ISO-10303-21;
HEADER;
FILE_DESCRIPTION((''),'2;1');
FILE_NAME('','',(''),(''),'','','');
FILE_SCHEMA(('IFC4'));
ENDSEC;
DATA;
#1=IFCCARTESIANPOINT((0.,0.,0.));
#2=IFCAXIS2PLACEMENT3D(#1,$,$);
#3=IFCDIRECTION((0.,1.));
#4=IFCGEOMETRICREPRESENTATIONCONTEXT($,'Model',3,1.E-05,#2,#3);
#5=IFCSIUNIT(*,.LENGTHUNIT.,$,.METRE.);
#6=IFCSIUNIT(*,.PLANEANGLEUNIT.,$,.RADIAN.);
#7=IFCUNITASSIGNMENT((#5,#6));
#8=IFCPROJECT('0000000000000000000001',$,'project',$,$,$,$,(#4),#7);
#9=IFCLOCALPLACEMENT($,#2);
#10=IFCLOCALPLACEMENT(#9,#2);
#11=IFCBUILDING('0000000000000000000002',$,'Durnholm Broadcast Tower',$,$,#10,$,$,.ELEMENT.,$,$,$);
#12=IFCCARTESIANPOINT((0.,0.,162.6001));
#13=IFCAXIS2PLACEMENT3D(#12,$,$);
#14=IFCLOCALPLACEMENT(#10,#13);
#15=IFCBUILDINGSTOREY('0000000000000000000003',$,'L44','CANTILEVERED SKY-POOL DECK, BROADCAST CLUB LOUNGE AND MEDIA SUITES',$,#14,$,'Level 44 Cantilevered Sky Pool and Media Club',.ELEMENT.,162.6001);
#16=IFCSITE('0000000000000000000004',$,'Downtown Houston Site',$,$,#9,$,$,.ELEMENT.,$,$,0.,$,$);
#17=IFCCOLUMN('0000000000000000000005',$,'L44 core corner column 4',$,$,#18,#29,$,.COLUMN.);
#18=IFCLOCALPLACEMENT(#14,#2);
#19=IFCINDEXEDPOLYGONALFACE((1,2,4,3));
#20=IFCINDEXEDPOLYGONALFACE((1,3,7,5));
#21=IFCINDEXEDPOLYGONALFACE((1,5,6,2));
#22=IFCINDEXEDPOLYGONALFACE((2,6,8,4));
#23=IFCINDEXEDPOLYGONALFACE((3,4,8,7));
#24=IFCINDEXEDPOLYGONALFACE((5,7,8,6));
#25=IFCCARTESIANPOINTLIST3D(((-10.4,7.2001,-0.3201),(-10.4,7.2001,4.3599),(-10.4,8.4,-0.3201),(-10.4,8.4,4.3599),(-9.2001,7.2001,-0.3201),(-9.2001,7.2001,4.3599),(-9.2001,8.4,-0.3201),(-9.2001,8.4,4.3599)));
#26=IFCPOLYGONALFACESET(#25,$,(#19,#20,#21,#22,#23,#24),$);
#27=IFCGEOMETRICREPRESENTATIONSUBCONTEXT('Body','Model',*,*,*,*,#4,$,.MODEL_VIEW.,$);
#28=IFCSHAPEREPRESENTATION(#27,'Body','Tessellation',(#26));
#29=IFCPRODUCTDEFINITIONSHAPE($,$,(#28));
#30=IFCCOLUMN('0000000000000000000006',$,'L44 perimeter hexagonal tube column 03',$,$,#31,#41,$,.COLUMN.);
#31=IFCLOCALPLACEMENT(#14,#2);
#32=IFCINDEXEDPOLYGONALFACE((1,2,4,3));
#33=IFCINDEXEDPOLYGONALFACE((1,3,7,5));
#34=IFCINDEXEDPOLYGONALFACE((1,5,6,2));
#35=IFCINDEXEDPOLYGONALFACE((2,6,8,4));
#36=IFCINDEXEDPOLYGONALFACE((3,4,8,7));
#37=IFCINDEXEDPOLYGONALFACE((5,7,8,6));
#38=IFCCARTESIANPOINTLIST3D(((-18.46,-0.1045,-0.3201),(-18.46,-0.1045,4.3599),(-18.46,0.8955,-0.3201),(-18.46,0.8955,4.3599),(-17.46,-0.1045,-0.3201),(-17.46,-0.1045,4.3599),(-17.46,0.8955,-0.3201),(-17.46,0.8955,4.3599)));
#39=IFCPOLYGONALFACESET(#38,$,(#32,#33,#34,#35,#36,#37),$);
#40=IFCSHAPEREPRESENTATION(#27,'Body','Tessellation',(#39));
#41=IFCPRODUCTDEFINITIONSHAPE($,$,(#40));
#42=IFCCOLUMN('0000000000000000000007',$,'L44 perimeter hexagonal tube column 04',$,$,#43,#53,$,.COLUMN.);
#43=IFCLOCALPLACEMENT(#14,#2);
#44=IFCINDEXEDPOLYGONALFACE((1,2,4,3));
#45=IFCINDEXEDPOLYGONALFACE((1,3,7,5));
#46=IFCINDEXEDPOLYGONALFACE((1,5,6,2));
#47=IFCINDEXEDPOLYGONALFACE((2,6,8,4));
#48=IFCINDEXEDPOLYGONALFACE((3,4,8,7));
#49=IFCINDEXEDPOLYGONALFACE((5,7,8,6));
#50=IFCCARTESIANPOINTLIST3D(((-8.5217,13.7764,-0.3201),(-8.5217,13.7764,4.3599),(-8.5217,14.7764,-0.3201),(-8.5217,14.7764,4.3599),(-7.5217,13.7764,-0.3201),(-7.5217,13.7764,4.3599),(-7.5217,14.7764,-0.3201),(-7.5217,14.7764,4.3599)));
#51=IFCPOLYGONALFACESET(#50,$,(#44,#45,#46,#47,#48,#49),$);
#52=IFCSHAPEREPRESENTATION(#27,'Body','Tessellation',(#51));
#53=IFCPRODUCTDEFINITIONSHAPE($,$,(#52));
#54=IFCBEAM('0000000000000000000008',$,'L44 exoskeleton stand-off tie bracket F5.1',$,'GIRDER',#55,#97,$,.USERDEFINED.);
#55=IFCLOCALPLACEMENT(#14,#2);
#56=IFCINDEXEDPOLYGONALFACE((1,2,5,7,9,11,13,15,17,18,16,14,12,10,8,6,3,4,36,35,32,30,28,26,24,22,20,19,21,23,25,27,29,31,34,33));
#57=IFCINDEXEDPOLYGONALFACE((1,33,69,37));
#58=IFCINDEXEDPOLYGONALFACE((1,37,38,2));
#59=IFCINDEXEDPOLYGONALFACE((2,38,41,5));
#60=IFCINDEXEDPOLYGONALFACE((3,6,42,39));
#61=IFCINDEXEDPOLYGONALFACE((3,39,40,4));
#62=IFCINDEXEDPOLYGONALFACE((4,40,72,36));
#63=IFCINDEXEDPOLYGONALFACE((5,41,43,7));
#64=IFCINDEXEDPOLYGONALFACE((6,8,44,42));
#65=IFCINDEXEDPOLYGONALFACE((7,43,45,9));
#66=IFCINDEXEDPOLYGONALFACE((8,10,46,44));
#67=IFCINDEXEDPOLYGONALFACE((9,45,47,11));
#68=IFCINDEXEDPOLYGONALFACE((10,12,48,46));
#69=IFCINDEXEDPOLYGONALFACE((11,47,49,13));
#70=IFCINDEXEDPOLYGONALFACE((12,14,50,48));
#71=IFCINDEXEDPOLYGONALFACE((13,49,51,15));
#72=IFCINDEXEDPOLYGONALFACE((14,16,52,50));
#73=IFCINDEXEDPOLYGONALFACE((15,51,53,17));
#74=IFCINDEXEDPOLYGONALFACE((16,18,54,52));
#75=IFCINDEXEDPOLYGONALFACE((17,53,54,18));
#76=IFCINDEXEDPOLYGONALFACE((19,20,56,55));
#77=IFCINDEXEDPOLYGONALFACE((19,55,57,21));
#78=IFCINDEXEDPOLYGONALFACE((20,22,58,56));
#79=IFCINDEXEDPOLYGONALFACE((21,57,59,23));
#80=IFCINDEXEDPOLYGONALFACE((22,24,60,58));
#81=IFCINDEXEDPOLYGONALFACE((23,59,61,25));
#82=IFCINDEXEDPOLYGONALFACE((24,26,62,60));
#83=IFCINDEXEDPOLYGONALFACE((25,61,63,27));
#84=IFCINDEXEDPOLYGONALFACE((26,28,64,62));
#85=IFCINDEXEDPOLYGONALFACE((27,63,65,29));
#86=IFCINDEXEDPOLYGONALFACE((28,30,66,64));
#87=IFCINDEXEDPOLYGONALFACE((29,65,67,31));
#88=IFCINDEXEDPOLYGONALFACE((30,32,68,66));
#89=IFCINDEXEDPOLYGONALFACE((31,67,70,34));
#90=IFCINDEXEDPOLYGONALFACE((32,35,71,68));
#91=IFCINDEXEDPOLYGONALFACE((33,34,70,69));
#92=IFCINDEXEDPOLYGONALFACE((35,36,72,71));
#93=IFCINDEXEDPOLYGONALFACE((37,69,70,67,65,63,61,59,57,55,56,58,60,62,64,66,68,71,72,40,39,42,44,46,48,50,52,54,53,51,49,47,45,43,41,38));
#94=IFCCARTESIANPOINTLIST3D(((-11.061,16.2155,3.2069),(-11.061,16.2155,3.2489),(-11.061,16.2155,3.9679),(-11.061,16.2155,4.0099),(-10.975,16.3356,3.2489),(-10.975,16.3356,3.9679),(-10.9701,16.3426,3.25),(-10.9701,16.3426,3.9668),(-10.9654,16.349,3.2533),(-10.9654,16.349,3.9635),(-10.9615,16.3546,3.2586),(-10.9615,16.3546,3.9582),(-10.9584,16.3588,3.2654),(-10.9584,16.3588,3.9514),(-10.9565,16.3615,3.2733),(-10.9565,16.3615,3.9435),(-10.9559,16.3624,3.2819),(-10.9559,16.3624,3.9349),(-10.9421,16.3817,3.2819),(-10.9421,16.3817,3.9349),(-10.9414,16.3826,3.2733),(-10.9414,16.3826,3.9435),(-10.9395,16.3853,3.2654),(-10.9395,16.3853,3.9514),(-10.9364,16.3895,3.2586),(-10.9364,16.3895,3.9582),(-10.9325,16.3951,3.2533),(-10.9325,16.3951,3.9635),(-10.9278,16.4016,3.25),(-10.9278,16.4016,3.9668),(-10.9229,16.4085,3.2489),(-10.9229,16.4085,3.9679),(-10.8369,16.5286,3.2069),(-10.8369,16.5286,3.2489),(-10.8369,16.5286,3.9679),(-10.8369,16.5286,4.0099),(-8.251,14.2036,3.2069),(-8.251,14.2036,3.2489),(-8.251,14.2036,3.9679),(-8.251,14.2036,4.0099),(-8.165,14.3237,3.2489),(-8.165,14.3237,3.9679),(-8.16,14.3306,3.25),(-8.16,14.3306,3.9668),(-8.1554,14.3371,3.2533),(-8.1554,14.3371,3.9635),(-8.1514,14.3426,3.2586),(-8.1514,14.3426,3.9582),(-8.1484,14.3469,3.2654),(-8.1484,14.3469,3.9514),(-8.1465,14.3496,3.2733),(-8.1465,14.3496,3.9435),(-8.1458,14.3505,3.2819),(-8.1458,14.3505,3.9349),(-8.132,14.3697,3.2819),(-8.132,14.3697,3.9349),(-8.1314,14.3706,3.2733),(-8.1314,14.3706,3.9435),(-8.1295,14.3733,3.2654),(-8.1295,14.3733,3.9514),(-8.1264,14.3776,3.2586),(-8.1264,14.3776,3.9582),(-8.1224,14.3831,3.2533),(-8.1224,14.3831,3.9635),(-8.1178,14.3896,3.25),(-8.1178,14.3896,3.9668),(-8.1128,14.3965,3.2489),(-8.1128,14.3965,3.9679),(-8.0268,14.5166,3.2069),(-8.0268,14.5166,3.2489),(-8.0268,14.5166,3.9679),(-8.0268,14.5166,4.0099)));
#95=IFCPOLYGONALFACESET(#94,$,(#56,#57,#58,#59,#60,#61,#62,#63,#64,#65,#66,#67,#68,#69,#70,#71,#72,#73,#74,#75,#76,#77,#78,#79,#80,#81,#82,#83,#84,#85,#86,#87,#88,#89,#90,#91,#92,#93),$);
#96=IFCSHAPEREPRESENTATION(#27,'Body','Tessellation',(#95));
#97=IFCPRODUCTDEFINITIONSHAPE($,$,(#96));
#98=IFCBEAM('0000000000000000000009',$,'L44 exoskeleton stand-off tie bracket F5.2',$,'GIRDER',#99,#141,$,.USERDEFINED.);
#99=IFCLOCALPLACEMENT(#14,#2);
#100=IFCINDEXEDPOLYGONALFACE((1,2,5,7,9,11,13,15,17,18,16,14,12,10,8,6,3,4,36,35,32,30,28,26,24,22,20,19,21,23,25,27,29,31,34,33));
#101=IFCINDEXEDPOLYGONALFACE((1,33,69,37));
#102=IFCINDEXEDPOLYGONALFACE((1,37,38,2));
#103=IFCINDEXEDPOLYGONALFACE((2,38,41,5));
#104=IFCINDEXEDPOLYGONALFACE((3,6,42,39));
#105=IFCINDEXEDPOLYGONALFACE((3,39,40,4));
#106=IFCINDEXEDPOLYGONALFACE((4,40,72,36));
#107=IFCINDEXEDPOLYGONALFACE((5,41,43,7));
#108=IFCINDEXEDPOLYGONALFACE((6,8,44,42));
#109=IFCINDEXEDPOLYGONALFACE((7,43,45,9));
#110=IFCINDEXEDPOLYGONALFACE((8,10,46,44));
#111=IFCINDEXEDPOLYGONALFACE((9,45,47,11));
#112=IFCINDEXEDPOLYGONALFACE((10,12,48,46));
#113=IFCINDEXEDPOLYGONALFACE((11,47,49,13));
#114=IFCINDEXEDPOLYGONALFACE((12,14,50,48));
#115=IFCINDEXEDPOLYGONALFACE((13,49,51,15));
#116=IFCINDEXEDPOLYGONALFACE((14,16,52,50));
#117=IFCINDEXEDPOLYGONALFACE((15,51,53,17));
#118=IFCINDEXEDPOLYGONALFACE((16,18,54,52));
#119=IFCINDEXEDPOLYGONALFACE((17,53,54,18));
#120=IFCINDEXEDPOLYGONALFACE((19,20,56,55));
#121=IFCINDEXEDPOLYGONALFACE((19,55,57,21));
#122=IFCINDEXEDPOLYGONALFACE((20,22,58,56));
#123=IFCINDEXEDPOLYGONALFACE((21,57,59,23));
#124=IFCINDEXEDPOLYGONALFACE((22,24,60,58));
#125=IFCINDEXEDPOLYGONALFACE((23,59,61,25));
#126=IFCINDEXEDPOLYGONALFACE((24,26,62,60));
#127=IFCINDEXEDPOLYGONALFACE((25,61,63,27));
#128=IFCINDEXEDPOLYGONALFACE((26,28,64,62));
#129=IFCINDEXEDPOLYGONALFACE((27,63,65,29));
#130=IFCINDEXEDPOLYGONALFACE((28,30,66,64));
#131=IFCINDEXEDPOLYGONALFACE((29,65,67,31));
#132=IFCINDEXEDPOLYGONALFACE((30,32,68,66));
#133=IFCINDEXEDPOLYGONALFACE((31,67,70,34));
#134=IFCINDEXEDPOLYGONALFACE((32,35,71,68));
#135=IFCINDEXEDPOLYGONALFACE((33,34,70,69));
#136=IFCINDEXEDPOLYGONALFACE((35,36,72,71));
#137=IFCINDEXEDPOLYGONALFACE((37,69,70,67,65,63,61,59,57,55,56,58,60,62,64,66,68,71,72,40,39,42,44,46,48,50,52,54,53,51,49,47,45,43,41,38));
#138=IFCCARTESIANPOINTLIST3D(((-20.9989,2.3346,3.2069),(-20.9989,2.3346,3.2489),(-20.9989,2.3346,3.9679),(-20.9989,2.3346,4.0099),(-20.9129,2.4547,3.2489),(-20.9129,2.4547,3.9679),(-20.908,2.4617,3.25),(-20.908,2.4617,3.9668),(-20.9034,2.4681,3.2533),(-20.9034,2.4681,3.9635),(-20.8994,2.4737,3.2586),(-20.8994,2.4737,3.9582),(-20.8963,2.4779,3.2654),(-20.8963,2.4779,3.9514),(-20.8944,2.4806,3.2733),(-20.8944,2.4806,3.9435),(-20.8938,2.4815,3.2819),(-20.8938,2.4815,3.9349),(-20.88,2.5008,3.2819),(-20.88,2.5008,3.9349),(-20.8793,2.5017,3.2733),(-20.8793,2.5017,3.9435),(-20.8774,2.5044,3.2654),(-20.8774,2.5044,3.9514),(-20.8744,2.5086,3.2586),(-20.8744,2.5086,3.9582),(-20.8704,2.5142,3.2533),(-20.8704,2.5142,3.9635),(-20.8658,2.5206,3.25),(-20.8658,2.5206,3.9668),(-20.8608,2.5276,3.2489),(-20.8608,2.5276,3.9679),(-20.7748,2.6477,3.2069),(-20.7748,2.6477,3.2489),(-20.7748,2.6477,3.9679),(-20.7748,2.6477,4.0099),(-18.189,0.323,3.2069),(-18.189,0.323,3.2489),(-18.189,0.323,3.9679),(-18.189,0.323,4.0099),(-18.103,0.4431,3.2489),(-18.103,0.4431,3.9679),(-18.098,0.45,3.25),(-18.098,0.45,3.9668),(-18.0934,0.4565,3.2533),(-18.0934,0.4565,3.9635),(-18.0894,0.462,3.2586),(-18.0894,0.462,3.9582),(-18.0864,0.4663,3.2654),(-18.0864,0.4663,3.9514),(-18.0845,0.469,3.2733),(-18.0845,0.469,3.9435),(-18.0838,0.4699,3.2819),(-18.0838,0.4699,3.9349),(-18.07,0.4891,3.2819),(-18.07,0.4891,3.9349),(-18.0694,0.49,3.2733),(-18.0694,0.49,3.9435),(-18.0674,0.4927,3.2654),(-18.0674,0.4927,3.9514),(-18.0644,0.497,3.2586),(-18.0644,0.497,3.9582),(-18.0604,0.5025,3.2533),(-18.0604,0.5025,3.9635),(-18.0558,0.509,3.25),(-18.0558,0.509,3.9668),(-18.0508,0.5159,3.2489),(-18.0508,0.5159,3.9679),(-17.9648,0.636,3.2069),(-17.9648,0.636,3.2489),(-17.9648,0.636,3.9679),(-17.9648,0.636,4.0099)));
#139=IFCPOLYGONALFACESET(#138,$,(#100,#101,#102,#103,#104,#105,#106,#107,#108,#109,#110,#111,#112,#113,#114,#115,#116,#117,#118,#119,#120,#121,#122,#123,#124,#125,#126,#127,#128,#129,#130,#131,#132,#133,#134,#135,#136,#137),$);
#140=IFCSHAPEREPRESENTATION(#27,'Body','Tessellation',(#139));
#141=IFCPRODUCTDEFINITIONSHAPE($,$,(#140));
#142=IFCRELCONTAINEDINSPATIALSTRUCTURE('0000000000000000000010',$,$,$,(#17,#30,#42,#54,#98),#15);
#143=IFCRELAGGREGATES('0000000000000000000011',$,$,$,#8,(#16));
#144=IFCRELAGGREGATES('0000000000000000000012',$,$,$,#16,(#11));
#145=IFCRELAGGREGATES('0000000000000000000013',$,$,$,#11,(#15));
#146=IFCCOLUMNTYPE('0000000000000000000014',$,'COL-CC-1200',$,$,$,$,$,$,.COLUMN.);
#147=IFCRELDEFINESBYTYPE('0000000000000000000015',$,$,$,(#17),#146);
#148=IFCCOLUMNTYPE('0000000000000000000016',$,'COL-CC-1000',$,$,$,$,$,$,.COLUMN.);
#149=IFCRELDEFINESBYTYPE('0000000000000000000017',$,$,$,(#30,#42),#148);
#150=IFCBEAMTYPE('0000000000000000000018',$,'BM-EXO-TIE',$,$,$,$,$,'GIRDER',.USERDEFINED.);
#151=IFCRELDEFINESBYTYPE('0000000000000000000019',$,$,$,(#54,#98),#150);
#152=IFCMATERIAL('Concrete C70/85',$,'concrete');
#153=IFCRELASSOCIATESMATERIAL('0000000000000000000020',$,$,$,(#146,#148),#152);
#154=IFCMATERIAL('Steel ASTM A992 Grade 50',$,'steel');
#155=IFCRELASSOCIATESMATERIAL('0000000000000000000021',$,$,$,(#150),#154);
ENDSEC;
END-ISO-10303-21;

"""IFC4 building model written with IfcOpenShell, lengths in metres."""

from ifc_helpers import new_model, si_unit, direction, frame, origin, origin_2d, place, context, subcontext, project, spatial, rectangle, i_section, extrude, source, transform, mapped, material, material_profile, profile_set, type_object, type_shapes, element, save


model = new_model("IFC4")

# Units and contexts
model_context = context("Model", 3, precision=1e-05, world=origin(), true_north=direction((0.0, 1.0)))
body_context = subcontext(model_context, "Body", "Model", "MODEL_VIEW")
ifc_project = project(units=[si_unit("LENGTHUNIT", "METRE"), si_unit("PLANEANGLEUNIT", "RADIAN")], contexts=[model_context])

# Site, building, storey
site_placement = place(None, origin())
site = spatial("IfcSite", under=ifc_project, at=site_placement, Name="Downtown Houston Site", CompositionType="ELEMENT", RefElevation=0.0)
building_placement = place(site_placement, origin())
building = spatial("IfcBuilding", under=site, at=building_placement, Name="Durnholm Broadcast Tower", CompositionType="ELEMENT")
storey_placement = place(building_placement, frame((0.0, 0.0, 162.6001)))
storey = spatial("IfcBuildingStorey", under=building, at=storey_placement, Name="L44", Description="CANTILEVERED SKY-POOL DECK, BROADCAST CLUB LOUNGE AND MEDIA SUITES", LongName="Level 44 Cantilevered Sky Pool and Media Club", CompositionType="ELEMENT", Elevation=162.6001)

# Columns
ifc_material_1 = material(Name="Concrete C70/85", Category="concrete")
ifc_material_profile_1 = material_profile(ifc_material_1, rectangle(XDim=1.2, YDim=1.2, at=origin_2d()), Name="RC1200X1200")
ifc_profile_set_1 = profile_set([ifc_material_profile_1], Name="Concrete C70/85")
column_type_1 = type_object("IfcColumnType", Name="COL-CC-1200", PredefinedType="COLUMN", material=ifc_profile_set_1)
shared_shape_1 = source(origin(), body_context, "Body", "SweptSolid", [
    extrude(rectangle(XDim=1.2, YDim=1.2, at=origin_2d()), origin(), (0.0, 0.0, 1.0), 4.6799),
])
type_shapes(column_type_1, [shared_shape_1])
column_placement = place(storey_placement, frame((-9.8, 7.8, -0.3201), z_axis=(0.0, 0.0, 1.0), x_axis=(1.0, 0.0, 0.0)))
element("IfcColumn", 1, at=column_placement, inside=storey, type_object=column_type_1, Name="L44 core corner column 4", PredefinedType="COLUMN", context=body_context, shape_type="MappedRepresentation", body=[
    mapped(shared_shape_1, transform((0.0, 0.0, 0.0), x_axis=(1.0, 0.0, 0.0), y_axis=(0.0, 1.0, 0.0), z_axis=(0.0, 0.0, 1.0), scale=1.0)),
])
ifc_material_profile_2 = material_profile(ifc_material_1, rectangle(XDim=1.0, YDim=1.0, at=origin_2d()), Name="RC1000X1000")
ifc_profile_set_2 = profile_set([ifc_material_profile_2], Name="Concrete C70/85")
column_type_2 = type_object("IfcColumnType", Name="COL-CC-1000", PredefinedType="COLUMN", material=ifc_profile_set_2)
shared_shape_2 = source(origin(), body_context, "Body", "SweptSolid", [
    extrude(rectangle(XDim=1.0, YDim=1.0, at=origin_2d()), origin(), (0.0, 0.0, 1.0), 4.6799),
])
type_shapes(column_type_2, [shared_shape_2])
for number, where, z_axis, x_axis, name in (
    (2, (-17.96, 0.3955, -0.3201), (0.0, 0.0, 1.0), (1.0, 0.0, 0.0), "L44 perimeter hexagonal tube column 03"),
    (3, (-8.0217, 14.2764, -0.3201), (0.0, 0.0, 1.0), (1.0, 0.0, 0.0), "L44 perimeter hexagonal tube column 04"),
):
    element("IfcColumn", number, at=place(storey_placement, frame(where, z_axis=z_axis, x_axis=x_axis)), inside=storey, type_object=column_type_2, Name=name, PredefinedType="COLUMN", context=body_context, shape_type="MappedRepresentation", body=[
        mapped(shared_shape_2, transform((0.0, 0.0, 0.0), x_axis=(1.0, 0.0, 0.0), y_axis=(0.0, 1.0, 0.0), z_axis=(0.0, 0.0, 1.0), scale=1.0)),
    ])

# Beams
ifc_material_2 = material(Name="Steel ASTM A992 Grade 50", Category="steel")
ifc_material_profile_3 = material_profile(ifc_material_2, i_section(OverallWidth=0.385, OverallDepth=0.803, WebThickness=0.0237, FlangeThickness=0.042, FilletRadius=0.033, at=origin_2d()), Name="W30X261")
ifc_profile_set_3 = profile_set([ifc_material_profile_3], Name="Steel ASTM A992 Grade 50")
beam_type_1 = type_object("IfcBeamType", Name="BM-EXO-TIE", ElementType="GIRDER", PredefinedType="USERDEFINED", material=ifc_profile_set_3)
shared_shape_3 = source(origin(), body_context, "Body", "SweptSolid", [
    extrude(i_section(OverallWidth=0.385, OverallDepth=0.803, WebThickness=0.0237, FlangeThickness=0.042, FilletRadius=0.033, at=origin_2d()), origin(), (0.0, 0.0, 1.0), 3.4561),
])
beam_1_placement = place(storey_placement, frame((-8.1389, 14.3601, 3.6084), z_axis=(-0.813079, 0.582153, 0.0), x_axis=(-0.582153, -0.813079, 0.0)))
element("IfcBeam", 4, at=beam_1_placement, inside=storey, type_object=beam_type_1, Name="L44 exoskeleton stand-off tie bracket F5.1", ObjectType="GIRDER", PredefinedType="USERDEFINED", context=body_context, shape_type="MappedRepresentation", body=[
    mapped(shared_shape_3, transform((0.0, 0.0, 0.0), x_axis=(1.0, 0.0, 0.0), y_axis=(0.0, 1.0, 0.0), z_axis=(0.0, 0.0, 1.0), scale=1.0)),
])
shared_shape_4 = source(origin(), body_context, "Body", "SweptSolid", [
    extrude(i_section(OverallWidth=0.385, OverallDepth=0.803, WebThickness=0.0237, FlangeThickness=0.042, FilletRadius=0.033, at=origin_2d()), origin(), (0.0, 0.0, 1.0), 3.4558),
])
beam_2_placement = place(storey_placement, frame((-18.0769, 0.4795, 3.6084), z_axis=(-0.813112, 0.582107, 0.0), x_axis=(-0.582107, -0.813112, 0.0)))
element("IfcBeam", 5, at=beam_2_placement, inside=storey, type_object=beam_type_1, Name="L44 exoskeleton stand-off tie bracket F5.2", ObjectType="GIRDER", PredefinedType="USERDEFINED", context=body_context, shape_type="MappedRepresentation", body=[
    mapped(shared_shape_4, transform((0.0, 0.0, 0.0), x_axis=(1.0, 0.0, 0.0), y_axis=(0.0, 1.0, 0.0), z_axis=(0.0, 0.0, 1.0), scale=1.0)),
])

save(model, "model.ifc")
